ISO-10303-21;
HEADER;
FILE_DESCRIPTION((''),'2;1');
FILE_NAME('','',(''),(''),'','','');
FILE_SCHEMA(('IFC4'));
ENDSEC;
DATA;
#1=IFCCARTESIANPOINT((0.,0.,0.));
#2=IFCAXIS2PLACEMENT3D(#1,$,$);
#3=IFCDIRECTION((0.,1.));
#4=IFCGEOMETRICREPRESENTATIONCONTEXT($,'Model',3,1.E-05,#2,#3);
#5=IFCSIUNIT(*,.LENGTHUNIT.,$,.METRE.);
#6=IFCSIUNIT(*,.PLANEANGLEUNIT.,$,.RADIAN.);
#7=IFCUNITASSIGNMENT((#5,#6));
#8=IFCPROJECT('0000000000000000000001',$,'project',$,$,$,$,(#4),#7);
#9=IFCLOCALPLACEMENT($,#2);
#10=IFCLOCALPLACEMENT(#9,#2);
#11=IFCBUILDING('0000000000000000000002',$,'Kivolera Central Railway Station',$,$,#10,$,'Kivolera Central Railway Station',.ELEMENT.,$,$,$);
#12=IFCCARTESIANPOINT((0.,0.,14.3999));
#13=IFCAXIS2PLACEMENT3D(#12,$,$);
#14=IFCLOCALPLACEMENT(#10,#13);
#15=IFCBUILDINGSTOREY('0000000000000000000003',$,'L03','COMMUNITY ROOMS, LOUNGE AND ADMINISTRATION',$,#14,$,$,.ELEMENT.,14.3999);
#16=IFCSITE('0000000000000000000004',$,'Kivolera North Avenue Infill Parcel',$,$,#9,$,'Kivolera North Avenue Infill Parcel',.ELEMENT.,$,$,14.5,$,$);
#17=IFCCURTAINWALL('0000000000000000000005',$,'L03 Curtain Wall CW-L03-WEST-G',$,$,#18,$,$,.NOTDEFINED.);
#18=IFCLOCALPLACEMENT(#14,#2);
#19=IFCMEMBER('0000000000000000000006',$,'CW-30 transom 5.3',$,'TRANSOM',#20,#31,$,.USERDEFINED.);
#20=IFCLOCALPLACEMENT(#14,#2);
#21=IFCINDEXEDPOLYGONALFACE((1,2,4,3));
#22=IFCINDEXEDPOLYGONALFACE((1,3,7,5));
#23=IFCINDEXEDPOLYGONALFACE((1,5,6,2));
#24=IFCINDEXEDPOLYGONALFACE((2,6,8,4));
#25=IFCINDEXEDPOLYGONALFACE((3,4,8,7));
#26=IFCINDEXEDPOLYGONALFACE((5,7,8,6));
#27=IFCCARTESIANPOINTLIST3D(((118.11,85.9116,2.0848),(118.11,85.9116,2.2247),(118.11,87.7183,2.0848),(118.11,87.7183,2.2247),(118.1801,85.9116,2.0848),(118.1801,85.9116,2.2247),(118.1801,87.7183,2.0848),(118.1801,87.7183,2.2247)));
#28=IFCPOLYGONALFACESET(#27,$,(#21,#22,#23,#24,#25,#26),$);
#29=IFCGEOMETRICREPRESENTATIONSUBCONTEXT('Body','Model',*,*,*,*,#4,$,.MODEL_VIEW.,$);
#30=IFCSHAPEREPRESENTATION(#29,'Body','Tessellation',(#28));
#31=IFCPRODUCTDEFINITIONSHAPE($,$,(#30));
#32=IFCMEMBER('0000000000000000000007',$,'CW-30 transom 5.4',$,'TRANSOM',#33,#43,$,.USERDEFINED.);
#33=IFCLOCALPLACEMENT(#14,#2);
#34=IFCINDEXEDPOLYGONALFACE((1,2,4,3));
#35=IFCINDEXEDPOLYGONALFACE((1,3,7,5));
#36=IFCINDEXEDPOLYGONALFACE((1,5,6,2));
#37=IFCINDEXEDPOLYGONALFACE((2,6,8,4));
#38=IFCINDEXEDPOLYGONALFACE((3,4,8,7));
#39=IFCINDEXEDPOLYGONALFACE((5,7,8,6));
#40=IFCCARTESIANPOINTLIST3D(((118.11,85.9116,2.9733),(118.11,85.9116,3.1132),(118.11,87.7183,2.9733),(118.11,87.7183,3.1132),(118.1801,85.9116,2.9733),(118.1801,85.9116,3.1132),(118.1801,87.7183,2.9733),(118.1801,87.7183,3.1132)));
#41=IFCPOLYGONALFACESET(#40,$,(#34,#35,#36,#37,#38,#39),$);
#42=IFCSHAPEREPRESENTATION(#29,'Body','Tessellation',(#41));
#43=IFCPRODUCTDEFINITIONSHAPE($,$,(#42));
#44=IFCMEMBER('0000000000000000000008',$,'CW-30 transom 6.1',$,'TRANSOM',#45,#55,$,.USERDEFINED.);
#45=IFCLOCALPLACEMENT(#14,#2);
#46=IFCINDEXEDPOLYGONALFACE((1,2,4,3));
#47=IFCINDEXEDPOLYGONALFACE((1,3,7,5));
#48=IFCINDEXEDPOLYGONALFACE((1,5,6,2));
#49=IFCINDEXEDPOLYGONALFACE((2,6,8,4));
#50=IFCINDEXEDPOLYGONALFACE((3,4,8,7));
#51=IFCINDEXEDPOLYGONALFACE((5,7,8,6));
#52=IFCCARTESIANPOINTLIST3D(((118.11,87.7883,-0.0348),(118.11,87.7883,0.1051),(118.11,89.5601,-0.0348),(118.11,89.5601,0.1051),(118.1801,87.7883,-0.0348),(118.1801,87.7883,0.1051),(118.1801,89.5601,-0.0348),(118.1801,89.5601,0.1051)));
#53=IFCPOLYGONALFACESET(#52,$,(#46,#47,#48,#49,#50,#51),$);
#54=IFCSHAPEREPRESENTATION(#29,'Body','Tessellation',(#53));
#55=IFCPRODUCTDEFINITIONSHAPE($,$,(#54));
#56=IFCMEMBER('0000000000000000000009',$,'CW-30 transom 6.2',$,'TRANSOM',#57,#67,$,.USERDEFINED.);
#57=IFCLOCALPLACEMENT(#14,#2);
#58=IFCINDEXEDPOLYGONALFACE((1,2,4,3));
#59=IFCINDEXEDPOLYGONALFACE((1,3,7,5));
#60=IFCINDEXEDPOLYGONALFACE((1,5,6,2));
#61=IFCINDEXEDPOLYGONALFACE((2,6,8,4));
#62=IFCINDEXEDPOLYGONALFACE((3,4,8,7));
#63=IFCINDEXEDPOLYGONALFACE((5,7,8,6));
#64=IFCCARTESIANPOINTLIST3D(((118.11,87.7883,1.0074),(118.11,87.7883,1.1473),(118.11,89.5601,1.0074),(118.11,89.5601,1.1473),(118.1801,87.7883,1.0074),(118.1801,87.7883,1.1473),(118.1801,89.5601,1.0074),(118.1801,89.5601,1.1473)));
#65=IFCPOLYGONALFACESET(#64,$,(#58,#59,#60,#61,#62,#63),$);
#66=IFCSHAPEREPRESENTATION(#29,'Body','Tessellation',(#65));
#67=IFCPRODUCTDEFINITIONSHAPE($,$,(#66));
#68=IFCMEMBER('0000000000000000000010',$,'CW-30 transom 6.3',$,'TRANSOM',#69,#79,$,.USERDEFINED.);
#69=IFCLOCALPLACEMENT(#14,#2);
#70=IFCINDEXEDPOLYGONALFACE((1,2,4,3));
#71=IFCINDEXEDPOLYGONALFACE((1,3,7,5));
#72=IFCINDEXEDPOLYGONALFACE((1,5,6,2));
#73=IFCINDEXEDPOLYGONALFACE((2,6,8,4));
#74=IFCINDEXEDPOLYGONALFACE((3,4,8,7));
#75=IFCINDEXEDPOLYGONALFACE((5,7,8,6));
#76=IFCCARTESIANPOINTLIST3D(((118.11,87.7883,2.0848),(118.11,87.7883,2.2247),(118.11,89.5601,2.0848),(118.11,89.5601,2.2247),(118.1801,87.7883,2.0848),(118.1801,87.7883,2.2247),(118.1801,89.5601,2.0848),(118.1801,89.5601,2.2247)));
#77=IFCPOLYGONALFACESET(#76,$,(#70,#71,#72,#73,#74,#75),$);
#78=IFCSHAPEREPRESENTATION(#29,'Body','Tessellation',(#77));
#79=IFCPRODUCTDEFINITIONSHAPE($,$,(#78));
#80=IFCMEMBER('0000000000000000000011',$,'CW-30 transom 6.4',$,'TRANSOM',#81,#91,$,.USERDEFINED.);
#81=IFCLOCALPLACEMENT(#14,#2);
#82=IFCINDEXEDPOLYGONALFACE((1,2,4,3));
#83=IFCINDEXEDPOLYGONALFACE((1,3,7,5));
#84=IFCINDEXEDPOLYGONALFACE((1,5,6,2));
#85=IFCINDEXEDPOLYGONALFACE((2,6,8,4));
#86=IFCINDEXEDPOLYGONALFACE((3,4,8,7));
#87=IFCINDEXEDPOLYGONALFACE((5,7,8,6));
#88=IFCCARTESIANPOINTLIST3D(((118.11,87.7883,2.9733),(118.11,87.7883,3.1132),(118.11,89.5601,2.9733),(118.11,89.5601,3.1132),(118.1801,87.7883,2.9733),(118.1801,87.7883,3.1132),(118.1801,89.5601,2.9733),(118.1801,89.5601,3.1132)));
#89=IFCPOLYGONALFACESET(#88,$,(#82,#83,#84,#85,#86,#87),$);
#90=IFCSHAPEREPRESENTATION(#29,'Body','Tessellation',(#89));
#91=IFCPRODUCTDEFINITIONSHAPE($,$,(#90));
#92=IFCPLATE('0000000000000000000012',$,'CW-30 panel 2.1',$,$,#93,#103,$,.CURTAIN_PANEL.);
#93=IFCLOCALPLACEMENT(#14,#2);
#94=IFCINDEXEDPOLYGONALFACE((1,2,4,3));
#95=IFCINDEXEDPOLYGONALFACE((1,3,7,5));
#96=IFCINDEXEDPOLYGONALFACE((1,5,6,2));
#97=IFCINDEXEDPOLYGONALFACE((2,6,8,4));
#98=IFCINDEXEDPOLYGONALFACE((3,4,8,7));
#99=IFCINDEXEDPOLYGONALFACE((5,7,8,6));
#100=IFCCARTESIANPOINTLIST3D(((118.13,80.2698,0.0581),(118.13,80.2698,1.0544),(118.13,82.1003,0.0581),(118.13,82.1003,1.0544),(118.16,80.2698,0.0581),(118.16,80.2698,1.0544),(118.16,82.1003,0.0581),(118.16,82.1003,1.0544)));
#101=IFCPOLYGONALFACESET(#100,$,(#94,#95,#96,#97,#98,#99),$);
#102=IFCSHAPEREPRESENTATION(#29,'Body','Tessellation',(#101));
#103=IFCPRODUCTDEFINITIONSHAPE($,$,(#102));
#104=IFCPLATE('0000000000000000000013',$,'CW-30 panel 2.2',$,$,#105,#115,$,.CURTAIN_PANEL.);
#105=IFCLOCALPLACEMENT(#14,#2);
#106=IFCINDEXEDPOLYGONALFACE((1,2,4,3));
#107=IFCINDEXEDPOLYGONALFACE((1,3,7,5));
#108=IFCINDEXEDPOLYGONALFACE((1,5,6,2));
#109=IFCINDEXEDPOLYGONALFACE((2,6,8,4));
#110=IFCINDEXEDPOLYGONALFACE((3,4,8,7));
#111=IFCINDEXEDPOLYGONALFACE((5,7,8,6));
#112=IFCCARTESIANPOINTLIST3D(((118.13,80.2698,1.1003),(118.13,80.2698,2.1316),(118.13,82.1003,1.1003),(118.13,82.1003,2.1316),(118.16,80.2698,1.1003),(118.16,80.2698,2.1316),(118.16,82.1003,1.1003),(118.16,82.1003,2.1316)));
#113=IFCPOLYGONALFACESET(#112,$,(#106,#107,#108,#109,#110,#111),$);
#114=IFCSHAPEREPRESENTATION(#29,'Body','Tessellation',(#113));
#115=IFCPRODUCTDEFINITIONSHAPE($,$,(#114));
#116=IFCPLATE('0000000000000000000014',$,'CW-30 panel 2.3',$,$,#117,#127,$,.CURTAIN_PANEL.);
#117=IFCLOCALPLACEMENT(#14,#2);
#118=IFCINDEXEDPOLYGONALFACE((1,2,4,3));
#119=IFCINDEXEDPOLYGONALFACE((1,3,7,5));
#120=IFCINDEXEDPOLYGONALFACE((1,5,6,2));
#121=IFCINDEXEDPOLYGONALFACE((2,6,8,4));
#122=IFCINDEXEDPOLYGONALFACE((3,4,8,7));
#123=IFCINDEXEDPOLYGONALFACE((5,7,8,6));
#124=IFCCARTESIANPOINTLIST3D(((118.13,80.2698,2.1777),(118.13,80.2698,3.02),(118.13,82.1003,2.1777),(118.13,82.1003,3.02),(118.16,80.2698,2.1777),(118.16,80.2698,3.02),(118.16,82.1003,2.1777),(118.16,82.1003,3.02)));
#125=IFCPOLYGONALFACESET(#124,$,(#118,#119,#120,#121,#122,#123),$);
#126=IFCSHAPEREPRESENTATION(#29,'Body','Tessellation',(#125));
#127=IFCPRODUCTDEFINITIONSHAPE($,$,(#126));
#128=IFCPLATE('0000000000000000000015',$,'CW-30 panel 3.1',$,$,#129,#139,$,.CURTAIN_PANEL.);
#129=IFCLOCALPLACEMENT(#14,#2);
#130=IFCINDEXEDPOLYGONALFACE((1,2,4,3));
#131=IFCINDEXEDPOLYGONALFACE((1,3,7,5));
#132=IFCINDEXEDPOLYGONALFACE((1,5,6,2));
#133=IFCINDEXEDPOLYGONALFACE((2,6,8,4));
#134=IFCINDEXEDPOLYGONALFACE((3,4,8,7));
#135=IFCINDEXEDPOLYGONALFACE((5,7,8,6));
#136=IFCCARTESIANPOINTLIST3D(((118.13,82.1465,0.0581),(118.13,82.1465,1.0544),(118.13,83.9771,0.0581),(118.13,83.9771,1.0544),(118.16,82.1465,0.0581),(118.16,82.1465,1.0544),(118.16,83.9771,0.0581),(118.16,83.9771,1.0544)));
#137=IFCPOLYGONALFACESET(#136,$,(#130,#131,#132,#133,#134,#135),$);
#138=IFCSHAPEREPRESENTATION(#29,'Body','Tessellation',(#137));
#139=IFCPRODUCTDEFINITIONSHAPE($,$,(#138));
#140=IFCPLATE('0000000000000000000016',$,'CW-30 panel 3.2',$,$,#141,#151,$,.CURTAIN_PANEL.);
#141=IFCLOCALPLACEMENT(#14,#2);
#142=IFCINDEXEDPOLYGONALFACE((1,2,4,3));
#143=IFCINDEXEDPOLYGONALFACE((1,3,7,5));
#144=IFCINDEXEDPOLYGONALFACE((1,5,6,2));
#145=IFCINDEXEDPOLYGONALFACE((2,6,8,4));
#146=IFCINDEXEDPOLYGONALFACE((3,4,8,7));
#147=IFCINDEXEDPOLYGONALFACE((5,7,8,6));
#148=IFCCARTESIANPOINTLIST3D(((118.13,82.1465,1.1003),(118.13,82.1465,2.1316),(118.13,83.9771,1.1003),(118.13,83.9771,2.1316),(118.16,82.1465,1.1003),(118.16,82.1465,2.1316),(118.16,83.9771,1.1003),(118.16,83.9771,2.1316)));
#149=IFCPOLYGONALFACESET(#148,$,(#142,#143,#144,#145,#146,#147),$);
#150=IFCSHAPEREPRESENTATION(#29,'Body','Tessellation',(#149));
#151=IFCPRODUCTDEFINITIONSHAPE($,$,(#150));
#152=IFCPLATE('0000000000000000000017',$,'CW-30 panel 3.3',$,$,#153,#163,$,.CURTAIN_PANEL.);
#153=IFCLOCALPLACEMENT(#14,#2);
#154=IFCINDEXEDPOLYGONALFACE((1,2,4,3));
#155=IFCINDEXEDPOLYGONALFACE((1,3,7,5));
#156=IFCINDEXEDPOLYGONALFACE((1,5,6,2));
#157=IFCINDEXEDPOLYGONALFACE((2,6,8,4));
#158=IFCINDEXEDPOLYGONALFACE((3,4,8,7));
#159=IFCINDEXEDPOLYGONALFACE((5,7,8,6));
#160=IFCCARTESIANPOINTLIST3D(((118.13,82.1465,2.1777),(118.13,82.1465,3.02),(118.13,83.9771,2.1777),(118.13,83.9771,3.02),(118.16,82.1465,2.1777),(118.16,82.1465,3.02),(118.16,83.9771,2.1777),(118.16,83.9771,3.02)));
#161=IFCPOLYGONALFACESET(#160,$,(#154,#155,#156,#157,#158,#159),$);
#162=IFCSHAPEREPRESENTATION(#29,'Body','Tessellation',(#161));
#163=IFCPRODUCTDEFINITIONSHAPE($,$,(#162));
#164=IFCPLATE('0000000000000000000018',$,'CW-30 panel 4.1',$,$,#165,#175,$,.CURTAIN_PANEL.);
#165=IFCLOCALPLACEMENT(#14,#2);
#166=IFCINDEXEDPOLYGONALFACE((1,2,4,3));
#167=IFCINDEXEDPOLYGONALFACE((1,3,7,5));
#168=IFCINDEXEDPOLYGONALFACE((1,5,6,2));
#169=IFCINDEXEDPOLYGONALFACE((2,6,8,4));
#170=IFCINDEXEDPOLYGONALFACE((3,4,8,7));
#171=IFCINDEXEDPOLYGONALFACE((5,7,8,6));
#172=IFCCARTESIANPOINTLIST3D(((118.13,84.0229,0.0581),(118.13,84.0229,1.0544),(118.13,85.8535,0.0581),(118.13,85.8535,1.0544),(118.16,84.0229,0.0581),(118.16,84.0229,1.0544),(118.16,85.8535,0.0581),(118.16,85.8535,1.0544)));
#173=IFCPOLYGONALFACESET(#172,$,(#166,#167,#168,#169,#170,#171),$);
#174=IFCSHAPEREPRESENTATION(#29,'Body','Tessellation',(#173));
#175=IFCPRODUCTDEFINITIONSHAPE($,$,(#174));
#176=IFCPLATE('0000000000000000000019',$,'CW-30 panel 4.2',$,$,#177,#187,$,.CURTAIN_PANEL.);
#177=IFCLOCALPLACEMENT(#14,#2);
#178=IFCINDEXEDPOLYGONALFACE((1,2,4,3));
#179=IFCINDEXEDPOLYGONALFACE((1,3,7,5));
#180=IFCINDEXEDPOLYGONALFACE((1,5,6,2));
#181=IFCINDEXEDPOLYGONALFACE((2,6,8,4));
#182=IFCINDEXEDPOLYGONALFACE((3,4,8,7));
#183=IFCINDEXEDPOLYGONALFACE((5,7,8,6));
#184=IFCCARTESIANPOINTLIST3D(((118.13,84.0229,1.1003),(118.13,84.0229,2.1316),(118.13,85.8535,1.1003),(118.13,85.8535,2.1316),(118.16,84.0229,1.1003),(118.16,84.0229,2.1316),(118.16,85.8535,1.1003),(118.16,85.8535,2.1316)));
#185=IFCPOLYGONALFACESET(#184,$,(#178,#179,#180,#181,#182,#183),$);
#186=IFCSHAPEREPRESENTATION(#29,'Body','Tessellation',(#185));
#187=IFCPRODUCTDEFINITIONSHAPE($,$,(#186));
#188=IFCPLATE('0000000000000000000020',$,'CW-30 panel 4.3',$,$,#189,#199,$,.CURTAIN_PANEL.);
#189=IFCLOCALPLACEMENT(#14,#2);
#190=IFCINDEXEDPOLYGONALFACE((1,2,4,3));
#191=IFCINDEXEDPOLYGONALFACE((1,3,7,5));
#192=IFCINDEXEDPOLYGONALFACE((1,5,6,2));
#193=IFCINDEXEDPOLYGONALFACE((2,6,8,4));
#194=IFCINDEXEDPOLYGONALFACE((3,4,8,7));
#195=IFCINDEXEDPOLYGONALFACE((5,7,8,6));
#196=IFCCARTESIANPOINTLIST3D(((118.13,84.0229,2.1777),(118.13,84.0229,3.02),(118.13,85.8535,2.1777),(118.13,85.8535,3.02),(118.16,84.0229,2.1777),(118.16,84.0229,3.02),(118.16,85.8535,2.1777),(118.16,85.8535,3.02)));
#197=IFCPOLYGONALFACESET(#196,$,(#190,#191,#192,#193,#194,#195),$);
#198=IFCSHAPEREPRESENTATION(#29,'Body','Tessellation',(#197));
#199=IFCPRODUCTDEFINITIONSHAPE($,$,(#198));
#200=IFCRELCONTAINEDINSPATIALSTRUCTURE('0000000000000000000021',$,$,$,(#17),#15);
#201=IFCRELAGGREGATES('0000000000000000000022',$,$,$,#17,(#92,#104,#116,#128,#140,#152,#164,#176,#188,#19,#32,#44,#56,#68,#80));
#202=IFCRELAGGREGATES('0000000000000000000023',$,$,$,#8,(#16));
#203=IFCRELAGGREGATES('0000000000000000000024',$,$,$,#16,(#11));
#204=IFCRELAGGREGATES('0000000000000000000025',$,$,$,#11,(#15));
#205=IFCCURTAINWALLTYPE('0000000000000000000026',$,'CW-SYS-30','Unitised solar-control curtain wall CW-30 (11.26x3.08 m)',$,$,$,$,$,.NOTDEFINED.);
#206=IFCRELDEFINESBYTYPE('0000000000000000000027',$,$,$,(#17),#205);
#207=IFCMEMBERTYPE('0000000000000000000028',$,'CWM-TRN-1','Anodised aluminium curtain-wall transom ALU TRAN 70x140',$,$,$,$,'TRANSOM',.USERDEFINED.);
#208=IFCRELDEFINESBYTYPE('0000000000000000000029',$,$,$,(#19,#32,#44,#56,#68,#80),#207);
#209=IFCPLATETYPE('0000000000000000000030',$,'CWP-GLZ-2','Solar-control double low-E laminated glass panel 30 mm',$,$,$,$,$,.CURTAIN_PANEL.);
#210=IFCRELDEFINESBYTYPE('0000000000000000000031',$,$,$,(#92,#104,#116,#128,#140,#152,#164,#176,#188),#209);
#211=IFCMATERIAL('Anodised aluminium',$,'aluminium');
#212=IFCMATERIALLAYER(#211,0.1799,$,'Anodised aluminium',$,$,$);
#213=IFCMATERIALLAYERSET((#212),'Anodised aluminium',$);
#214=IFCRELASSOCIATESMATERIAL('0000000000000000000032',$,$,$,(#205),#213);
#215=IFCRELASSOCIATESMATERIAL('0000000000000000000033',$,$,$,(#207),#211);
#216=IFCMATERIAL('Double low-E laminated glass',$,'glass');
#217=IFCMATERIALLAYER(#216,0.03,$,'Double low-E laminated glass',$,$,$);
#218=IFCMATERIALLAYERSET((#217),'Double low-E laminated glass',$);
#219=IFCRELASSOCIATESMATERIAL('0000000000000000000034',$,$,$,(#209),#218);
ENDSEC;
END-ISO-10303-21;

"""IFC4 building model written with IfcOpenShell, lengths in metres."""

from ifc_helpers import new_model, si_unit, direction, frame, origin, origin_2d, place, context, subcontext, project, spatial, rectangle, extrude, material, layer, layer_set, material_profile, profile_set, type_object, element, aggregate, save


model = new_model("IFC4")

# Units and contexts
model_context = context("Model", 3, precision=1e-05, world=origin(), true_north=direction((0.0, 1.0)))
body_context = subcontext(model_context, "Body", "Model", "MODEL_VIEW")
ifc_project = project(units=[si_unit("LENGTHUNIT", "METRE"), si_unit("PLANEANGLEUNIT", "RADIAN")], contexts=[model_context])

# Site, building, storey
site_placement = place(None, origin())
site = spatial("IfcSite", under=ifc_project, at=site_placement, Name="Kivolera North Avenue Infill Parcel", LongName="Kivolera North Avenue Infill Parcel", CompositionType="ELEMENT", RefElevation=14.5)
building_placement = place(site_placement, origin())
building = spatial("IfcBuilding", under=site, at=building_placement, Name="Kivolera Central Railway Station", LongName="Kivolera Central Railway Station", CompositionType="ELEMENT")
storey_placement = place(building_placement, frame((0.0, 0.0, 14.3999)))
storey = spatial("IfcBuildingStorey", under=building, at=storey_placement, Name="L03", Description="COMMUNITY ROOMS, LOUNGE AND ADMINISTRATION", CompositionType="ELEMENT", Elevation=14.3999)

# Curtain wall, members, plates
ifc_material_1 = material(Name="Anodised aluminium", Category="aluminium")
ifc_layer_1 = layer(ifc_material_1, 0.1799, Name="Anodised aluminium")
ifc_layer_set_1 = layer_set([ifc_layer_1], Name="Anodised aluminium")
curtain_wall_type = type_object("IfcCurtainWallType", Name="CW-SYS-30", Description="Unitised solar-control curtain wall CW-30 (11.26x3.08 m)", PredefinedType="NOTDEFINED", material=ifc_layer_set_1)
curtain_wall_placement = place(storey_placement, origin())
curtain_wall = element("IfcCurtainWall", 1, at=curtain_wall_placement, inside=storey, type_object=curtain_wall_type, Name="L03 Curtain Wall CW-L03-WEST-G", PredefinedType="NOTDEFINED")
ifc_material_profile_1 = material_profile(ifc_material_1, rectangle(XDim=0.0701, YDim=0.1399, at=origin_2d()), Name="ALU TRAN 70x140")
ifc_profile_set_1 = profile_set([ifc_material_profile_1], Name="Anodised aluminium")
member_type_1 = type_object("IfcMemberType", Name="CWM-TRN-1", Description="Anodised aluminium curtain-wall transom ALU TRAN 70x140", ElementType="TRANSOM", PredefinedType="USERDEFINED", material=ifc_profile_set_1)
member_1_placement = place(storey_placement, frame((118.145, 85.9116, 2.1548), z_axis=(0.0, 1.0, 0.0), x_axis=(-1.0, 0.0, 0.0)))
member_1 = element("IfcMember", 2, at=member_1_placement, type_object=member_type_1, Name="CW-30 transom 5.3", ObjectType="TRANSOM", PredefinedType="USERDEFINED", context=body_context, shape_type="SweptSolid", body=[
    extrude(rectangle(XDim=0.0701, YDim=0.1399, at=origin_2d()), origin(), (0.0, 0.0, 1.0), 1.8066),
])
member_2_placement = place(storey_placement, frame((118.145, 85.9116, 3.0432), z_axis=(0.0, 1.0, 0.0), x_axis=(-1.0, 0.0, 0.0)))
member_2 = element("IfcMember", 3, at=member_2_placement, type_object=member_type_1, Name="CW-30 transom 5.4", ObjectType="TRANSOM", PredefinedType="USERDEFINED", context=body_context, shape_type="SweptSolid", body=[
    extrude(rectangle(XDim=0.0701, YDim=0.1399, at=origin_2d()), origin(), (0.0, 0.0, 1.0), 1.8066),
])
member_3_placement = place(storey_placement, frame((118.145, 87.7883, 0.0352), z_axis=(0.0, 1.0, 0.0), x_axis=(-1.0, 0.0, 0.0)))
member_3 = element("IfcMember", 4, at=member_3_placement, type_object=member_type_1, Name="CW-30 transom 6.1", ObjectType="TRANSOM", PredefinedType="USERDEFINED", context=body_context, shape_type="SweptSolid", body=[
    extrude(rectangle(XDim=0.0701, YDim=0.1399, at=origin_2d()), origin(), (0.0, 0.0, 1.0), 1.7717),
])
member_4_placement = place(storey_placement, frame((118.145, 87.7883, 1.0774), z_axis=(0.0, 1.0, 0.0), x_axis=(-1.0, 0.0, 0.0)))
member_4 = element("IfcMember", 5, at=member_4_placement, type_object=member_type_1, Name="CW-30 transom 6.2", ObjectType="TRANSOM", PredefinedType="USERDEFINED", context=body_context, shape_type="SweptSolid", body=[
    extrude(rectangle(XDim=0.0701, YDim=0.1399, at=origin_2d()), origin(), (0.0, 0.0, 1.0), 1.7717),
])
member_5_placement = place(storey_placement, frame((118.145, 87.7883, 2.1548), z_axis=(0.0, 1.0, 0.0), x_axis=(-1.0, 0.0, 0.0)))
member_5 = element("IfcMember", 6, at=member_5_placement, type_object=member_type_1, Name="CW-30 transom 6.3", ObjectType="TRANSOM", PredefinedType="USERDEFINED", context=body_context, shape_type="SweptSolid", body=[
    extrude(rectangle(XDim=0.0701, YDim=0.1399, at=origin_2d()), origin(), (0.0, 0.0, 1.0), 1.7717),
])
member_6_placement = place(storey_placement, frame((118.145, 87.7883, 3.0432), z_axis=(0.0, 1.0, 0.0), x_axis=(-1.0, 0.0, 0.0)))
member_6 = element("IfcMember", 7, at=member_6_placement, type_object=member_type_1, Name="CW-30 transom 6.4", ObjectType="TRANSOM", PredefinedType="USERDEFINED", context=body_context, shape_type="SweptSolid", body=[
    extrude(rectangle(XDim=0.0701, YDim=0.1399, at=origin_2d()), origin(), (0.0, 0.0, 1.0), 1.7717),
])
ifc_material_2 = material(Name="Double low-E laminated glass", Category="glass")
ifc_layer_2 = layer(ifc_material_2, 0.03, Name="Double low-E laminated glass")
ifc_layer_set_2 = layer_set([ifc_layer_2], Name="Double low-E laminated glass")
plate_type = type_object("IfcPlateType", Name="CWP-GLZ-2", Description="Solar-control double low-E laminated glass panel 30 mm", PredefinedType="CURTAIN_PANEL", material=ifc_layer_set_2)
plate_1_placement = place(storey_placement, frame((118.145, 81.1851, 0.0581), z_axis=(0.0, 0.0, 1.0), x_axis=(0.0, 1.0, 0.0)))
plate_1 = element("IfcPlate", 8, at=plate_1_placement, type_object=plate_type, Name="CW-30 panel 2.1", PredefinedType="CURTAIN_PANEL", context=body_context, shape_type="SweptSolid", body=[
    extrude(rectangle(XDim=1.8306, YDim=0.03, at=origin_2d()), origin(), (0.0, 0.0, 1.0), 0.9963),
])
plate_2_placement = place(storey_placement, frame((118.145, 81.1851, 1.1003), z_axis=(0.0, 0.0, 1.0), x_axis=(0.0, 1.0, 0.0)))
plate_2 = element("IfcPlate", 9, at=plate_2_placement, type_object=plate_type, Name="CW-30 panel 2.2", PredefinedType="CURTAIN_PANEL", context=body_context, shape_type="SweptSolid", body=[
    extrude(rectangle(XDim=1.8306, YDim=0.03, at=origin_2d()), origin(), (0.0, 0.0, 1.0), 1.0312),
])
plate_3_placement = place(storey_placement, frame((118.145, 81.1851, 2.1777), z_axis=(0.0, 0.0, 1.0), x_axis=(0.0, 1.0, 0.0)))
plate_3 = element("IfcPlate", 10, at=plate_3_placement, type_object=plate_type, Name="CW-30 panel 2.3", PredefinedType="CURTAIN_PANEL", context=body_context, shape_type="SweptSolid", body=[
    extrude(rectangle(XDim=1.8306, YDim=0.03, at=origin_2d()), origin(), (0.0, 0.0, 1.0), 0.8423),
])
plate_4_placement = place(storey_placement, frame((118.145, 83.0618, 0.0581), z_axis=(0.0, 0.0, 1.0), x_axis=(0.0, 1.0, 0.0)))
plate_4 = element("IfcPlate", 11, at=plate_4_placement, type_object=plate_type, Name="CW-30 panel 3.1", PredefinedType="CURTAIN_PANEL", context=body_context, shape_type="SweptSolid", body=[
    extrude(rectangle(XDim=1.8306, YDim=0.03, at=origin_2d()), origin(), (0.0, 0.0, 1.0), 0.9963),
])
plate_5_placement = place(storey_placement, frame((118.145, 83.0618, 1.1003), z_axis=(0.0, 0.0, 1.0), x_axis=(0.0, 1.0, 0.0)))
plate_5 = element("IfcPlate", 12, at=plate_5_placement, type_object=plate_type, Name="CW-30 panel 3.2", PredefinedType="CURTAIN_PANEL", context=body_context, shape_type="SweptSolid", body=[
    extrude(rectangle(XDim=1.8306, YDim=0.03, at=origin_2d()), origin(), (0.0, 0.0, 1.0), 1.0312),
])
plate_6_placement = place(storey_placement, frame((118.145, 83.0618, 2.1777), z_axis=(0.0, 0.0, 1.0), x_axis=(0.0, 1.0, 0.0)))
plate_6 = element("IfcPlate", 13, at=plate_6_placement, type_object=plate_type, Name="CW-30 panel 3.3", PredefinedType="CURTAIN_PANEL", context=body_context, shape_type="SweptSolid", body=[
    extrude(rectangle(XDim=1.8306, YDim=0.03, at=origin_2d()), origin(), (0.0, 0.0, 1.0), 0.8423),
])
plate_7_placement = place(storey_placement, frame((118.145, 84.9382, 0.0581), z_axis=(0.0, 0.0, 1.0), x_axis=(0.0, 1.0, 0.0)))
plate_7 = element("IfcPlate", 14, at=plate_7_placement, type_object=plate_type, Name="CW-30 panel 4.1", PredefinedType="CURTAIN_PANEL", context=body_context, shape_type="SweptSolid", body=[
    extrude(rectangle(XDim=1.8306, YDim=0.03, at=origin_2d()), origin(), (0.0, 0.0, 1.0), 0.9963),
])
plate_8_placement = place(storey_placement, frame((118.145, 84.9382, 1.1003), z_axis=(0.0, 0.0, 1.0), x_axis=(0.0, 1.0, 0.0)))
plate_8 = element("IfcPlate", 15, at=plate_8_placement, type_object=plate_type, Name="CW-30 panel 4.2", PredefinedType="CURTAIN_PANEL", context=body_context, shape_type="SweptSolid", body=[
    extrude(rectangle(XDim=1.8306, YDim=0.03, at=origin_2d()), origin(), (0.0, 0.0, 1.0), 1.0312),
])
plate_9_placement = place(storey_placement, frame((118.145, 84.9382, 2.1777), z_axis=(0.0, 0.0, 1.0), x_axis=(0.0, 1.0, 0.0)))
plate_9 = element("IfcPlate", 16, at=plate_9_placement, type_object=plate_type, Name="CW-30 panel 4.3", PredefinedType="CURTAIN_PANEL", context=body_context, shape_type="SweptSolid", body=[
    extrude(rectangle(XDim=1.8306, YDim=0.03, at=origin_2d()), origin(), (0.0, 0.0, 1.0), 0.8423),
])
aggregate(curtain_wall, [plate_1, plate_2, plate_3, plate_4, plate_5, plate_6, plate_7, plate_8, plate_9, member_1, member_2, member_3, member_4, member_5, member_6])

save(model, "model.ifc")
